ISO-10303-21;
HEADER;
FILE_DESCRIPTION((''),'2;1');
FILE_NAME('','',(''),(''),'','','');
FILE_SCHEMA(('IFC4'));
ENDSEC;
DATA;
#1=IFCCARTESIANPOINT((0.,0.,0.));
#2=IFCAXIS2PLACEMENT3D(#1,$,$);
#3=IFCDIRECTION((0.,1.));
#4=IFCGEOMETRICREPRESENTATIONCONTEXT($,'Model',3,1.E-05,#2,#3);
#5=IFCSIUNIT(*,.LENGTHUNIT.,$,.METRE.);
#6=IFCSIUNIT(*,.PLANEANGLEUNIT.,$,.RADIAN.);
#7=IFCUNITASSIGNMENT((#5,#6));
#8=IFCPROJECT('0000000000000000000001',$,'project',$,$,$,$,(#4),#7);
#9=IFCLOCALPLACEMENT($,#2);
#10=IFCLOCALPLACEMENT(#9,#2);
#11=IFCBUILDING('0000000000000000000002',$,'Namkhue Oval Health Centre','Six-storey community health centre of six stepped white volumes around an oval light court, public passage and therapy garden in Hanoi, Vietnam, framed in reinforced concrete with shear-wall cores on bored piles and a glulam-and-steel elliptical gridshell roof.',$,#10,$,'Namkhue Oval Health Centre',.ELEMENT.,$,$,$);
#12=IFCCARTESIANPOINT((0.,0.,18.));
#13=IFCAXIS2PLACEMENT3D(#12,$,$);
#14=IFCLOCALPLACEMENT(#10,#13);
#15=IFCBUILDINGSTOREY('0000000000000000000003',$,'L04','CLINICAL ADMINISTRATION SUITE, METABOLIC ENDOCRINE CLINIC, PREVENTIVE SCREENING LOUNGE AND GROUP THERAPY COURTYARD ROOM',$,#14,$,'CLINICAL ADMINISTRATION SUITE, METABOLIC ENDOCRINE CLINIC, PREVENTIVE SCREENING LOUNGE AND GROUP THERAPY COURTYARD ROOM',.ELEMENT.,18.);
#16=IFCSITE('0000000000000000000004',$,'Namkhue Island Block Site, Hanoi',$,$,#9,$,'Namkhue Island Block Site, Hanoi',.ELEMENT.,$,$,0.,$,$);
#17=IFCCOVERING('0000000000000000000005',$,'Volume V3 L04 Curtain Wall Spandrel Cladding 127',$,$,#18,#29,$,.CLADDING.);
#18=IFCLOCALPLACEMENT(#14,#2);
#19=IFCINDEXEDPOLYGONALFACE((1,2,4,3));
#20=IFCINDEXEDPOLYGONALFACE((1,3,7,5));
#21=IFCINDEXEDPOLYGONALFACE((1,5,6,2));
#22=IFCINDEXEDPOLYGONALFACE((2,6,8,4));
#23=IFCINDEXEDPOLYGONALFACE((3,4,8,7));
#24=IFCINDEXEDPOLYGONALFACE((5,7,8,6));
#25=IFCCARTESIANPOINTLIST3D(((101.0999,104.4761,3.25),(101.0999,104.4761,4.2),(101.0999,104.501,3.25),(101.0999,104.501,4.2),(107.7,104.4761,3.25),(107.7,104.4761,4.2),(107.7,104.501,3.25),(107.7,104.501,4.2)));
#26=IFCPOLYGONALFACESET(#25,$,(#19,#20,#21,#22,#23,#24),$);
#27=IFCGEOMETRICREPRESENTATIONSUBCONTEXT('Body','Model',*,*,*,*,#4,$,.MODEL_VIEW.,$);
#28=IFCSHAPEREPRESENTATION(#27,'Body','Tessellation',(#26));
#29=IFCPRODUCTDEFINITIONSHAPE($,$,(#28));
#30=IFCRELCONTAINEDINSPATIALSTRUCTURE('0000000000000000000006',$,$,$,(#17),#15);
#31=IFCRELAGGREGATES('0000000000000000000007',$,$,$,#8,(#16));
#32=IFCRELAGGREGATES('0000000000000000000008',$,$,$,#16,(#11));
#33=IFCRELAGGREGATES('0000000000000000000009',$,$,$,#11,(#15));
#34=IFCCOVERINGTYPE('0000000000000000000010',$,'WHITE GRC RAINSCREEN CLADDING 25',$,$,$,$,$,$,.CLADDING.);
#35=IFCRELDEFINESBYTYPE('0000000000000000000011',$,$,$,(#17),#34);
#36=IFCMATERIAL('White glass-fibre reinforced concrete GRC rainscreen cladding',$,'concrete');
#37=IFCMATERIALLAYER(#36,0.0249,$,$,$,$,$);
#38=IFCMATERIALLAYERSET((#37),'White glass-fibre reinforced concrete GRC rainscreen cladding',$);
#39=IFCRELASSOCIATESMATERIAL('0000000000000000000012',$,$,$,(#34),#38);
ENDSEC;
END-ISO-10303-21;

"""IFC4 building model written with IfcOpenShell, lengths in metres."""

from ifc_helpers import new_model, si_unit, direction, frame, origin, origin_2d, place, context, subcontext, project, spatial, rectangle, extrude, material, layer, layer_set, type_object, element, save


model = new_model("IFC4")

# Units and contexts
model_context = context("Model", 3, precision=1e-05, world=origin(), true_north=direction((0.0, 1.0)))
body_context = subcontext(model_context, "Body", "Model", "MODEL_VIEW")
ifc_project = project(units=[si_unit("LENGTHUNIT", "METRE"), si_unit("PLANEANGLEUNIT", "RADIAN")], contexts=[model_context])

# Site, building, storey
site_placement = place(None, origin())
site = spatial("IfcSite", under=ifc_project, at=site_placement, Name="Namkhue Island Block Site, Hanoi", LongName="Namkhue Island Block Site, Hanoi", CompositionType="ELEMENT", RefElevation=0.0)
building_placement = place(site_placement, origin())
building = spatial("IfcBuilding", under=site, at=building_placement, Name="Namkhue Oval Health Centre", Description="Six-storey community health centre of six stepped white volumes around an oval light court, public passage and therapy garden in Hanoi, Vietnam, framed in reinforced concrete with shear-wall cores on bored piles and a glulam-and-steel elliptical gridshell roof.", LongName="Namkhue Oval Health Centre", CompositionType="ELEMENT")
storey_placement = place(building_placement, frame((0.0, 0.0, 18.0)))
storey = spatial("IfcBuildingStorey", under=building, at=storey_placement, Name="L04", Description="CLINICAL ADMINISTRATION SUITE, METABOLIC ENDOCRINE CLINIC, PREVENTIVE SCREENING LOUNGE AND GROUP THERAPY COURTYARD ROOM", LongName="CLINICAL ADMINISTRATION SUITE, METABOLIC ENDOCRINE CLINIC, PREVENTIVE SCREENING LOUNGE AND GROUP THERAPY COURTYARD ROOM", CompositionType="ELEMENT", Elevation=18.0)

# Covering
ifc_material_1 = material(Name="White glass-fibre reinforced concrete GRC rainscreen cladding", Category="concrete")
ifc_layer_1 = layer(ifc_material_1, 0.0249)
ifc_layer_set_1 = layer_set([ifc_layer_1], Name="White glass-fibre reinforced concrete GRC rainscreen cladding")
covering_type = type_object("IfcCoveringType", Name="WHITE GRC RAINSCREEN CLADDING 25", PredefinedType="CLADDING", material=ifc_layer_set_1)
covering_placement = place(storey_placement, frame((104.3999, 104.4885, 3.25), z_axis=(0.0, 0.0, 1.0), x_axis=(-1.0, 0.0, 0.0)))
element("IfcCovering", 1, at=covering_placement, inside=storey, type_object=covering_type, Name="Volume V3 L04 Curtain Wall Spandrel Cladding 127", PredefinedType="CLADDING", context=body_context, shape_type="SweptSolid", body=[
    extrude(rectangle(XDim=6.6001, YDim=0.0249, at=origin_2d()), origin(), (0.0, 0.0, 1.0), 0.95),
])

save(model, "model.ifc")
